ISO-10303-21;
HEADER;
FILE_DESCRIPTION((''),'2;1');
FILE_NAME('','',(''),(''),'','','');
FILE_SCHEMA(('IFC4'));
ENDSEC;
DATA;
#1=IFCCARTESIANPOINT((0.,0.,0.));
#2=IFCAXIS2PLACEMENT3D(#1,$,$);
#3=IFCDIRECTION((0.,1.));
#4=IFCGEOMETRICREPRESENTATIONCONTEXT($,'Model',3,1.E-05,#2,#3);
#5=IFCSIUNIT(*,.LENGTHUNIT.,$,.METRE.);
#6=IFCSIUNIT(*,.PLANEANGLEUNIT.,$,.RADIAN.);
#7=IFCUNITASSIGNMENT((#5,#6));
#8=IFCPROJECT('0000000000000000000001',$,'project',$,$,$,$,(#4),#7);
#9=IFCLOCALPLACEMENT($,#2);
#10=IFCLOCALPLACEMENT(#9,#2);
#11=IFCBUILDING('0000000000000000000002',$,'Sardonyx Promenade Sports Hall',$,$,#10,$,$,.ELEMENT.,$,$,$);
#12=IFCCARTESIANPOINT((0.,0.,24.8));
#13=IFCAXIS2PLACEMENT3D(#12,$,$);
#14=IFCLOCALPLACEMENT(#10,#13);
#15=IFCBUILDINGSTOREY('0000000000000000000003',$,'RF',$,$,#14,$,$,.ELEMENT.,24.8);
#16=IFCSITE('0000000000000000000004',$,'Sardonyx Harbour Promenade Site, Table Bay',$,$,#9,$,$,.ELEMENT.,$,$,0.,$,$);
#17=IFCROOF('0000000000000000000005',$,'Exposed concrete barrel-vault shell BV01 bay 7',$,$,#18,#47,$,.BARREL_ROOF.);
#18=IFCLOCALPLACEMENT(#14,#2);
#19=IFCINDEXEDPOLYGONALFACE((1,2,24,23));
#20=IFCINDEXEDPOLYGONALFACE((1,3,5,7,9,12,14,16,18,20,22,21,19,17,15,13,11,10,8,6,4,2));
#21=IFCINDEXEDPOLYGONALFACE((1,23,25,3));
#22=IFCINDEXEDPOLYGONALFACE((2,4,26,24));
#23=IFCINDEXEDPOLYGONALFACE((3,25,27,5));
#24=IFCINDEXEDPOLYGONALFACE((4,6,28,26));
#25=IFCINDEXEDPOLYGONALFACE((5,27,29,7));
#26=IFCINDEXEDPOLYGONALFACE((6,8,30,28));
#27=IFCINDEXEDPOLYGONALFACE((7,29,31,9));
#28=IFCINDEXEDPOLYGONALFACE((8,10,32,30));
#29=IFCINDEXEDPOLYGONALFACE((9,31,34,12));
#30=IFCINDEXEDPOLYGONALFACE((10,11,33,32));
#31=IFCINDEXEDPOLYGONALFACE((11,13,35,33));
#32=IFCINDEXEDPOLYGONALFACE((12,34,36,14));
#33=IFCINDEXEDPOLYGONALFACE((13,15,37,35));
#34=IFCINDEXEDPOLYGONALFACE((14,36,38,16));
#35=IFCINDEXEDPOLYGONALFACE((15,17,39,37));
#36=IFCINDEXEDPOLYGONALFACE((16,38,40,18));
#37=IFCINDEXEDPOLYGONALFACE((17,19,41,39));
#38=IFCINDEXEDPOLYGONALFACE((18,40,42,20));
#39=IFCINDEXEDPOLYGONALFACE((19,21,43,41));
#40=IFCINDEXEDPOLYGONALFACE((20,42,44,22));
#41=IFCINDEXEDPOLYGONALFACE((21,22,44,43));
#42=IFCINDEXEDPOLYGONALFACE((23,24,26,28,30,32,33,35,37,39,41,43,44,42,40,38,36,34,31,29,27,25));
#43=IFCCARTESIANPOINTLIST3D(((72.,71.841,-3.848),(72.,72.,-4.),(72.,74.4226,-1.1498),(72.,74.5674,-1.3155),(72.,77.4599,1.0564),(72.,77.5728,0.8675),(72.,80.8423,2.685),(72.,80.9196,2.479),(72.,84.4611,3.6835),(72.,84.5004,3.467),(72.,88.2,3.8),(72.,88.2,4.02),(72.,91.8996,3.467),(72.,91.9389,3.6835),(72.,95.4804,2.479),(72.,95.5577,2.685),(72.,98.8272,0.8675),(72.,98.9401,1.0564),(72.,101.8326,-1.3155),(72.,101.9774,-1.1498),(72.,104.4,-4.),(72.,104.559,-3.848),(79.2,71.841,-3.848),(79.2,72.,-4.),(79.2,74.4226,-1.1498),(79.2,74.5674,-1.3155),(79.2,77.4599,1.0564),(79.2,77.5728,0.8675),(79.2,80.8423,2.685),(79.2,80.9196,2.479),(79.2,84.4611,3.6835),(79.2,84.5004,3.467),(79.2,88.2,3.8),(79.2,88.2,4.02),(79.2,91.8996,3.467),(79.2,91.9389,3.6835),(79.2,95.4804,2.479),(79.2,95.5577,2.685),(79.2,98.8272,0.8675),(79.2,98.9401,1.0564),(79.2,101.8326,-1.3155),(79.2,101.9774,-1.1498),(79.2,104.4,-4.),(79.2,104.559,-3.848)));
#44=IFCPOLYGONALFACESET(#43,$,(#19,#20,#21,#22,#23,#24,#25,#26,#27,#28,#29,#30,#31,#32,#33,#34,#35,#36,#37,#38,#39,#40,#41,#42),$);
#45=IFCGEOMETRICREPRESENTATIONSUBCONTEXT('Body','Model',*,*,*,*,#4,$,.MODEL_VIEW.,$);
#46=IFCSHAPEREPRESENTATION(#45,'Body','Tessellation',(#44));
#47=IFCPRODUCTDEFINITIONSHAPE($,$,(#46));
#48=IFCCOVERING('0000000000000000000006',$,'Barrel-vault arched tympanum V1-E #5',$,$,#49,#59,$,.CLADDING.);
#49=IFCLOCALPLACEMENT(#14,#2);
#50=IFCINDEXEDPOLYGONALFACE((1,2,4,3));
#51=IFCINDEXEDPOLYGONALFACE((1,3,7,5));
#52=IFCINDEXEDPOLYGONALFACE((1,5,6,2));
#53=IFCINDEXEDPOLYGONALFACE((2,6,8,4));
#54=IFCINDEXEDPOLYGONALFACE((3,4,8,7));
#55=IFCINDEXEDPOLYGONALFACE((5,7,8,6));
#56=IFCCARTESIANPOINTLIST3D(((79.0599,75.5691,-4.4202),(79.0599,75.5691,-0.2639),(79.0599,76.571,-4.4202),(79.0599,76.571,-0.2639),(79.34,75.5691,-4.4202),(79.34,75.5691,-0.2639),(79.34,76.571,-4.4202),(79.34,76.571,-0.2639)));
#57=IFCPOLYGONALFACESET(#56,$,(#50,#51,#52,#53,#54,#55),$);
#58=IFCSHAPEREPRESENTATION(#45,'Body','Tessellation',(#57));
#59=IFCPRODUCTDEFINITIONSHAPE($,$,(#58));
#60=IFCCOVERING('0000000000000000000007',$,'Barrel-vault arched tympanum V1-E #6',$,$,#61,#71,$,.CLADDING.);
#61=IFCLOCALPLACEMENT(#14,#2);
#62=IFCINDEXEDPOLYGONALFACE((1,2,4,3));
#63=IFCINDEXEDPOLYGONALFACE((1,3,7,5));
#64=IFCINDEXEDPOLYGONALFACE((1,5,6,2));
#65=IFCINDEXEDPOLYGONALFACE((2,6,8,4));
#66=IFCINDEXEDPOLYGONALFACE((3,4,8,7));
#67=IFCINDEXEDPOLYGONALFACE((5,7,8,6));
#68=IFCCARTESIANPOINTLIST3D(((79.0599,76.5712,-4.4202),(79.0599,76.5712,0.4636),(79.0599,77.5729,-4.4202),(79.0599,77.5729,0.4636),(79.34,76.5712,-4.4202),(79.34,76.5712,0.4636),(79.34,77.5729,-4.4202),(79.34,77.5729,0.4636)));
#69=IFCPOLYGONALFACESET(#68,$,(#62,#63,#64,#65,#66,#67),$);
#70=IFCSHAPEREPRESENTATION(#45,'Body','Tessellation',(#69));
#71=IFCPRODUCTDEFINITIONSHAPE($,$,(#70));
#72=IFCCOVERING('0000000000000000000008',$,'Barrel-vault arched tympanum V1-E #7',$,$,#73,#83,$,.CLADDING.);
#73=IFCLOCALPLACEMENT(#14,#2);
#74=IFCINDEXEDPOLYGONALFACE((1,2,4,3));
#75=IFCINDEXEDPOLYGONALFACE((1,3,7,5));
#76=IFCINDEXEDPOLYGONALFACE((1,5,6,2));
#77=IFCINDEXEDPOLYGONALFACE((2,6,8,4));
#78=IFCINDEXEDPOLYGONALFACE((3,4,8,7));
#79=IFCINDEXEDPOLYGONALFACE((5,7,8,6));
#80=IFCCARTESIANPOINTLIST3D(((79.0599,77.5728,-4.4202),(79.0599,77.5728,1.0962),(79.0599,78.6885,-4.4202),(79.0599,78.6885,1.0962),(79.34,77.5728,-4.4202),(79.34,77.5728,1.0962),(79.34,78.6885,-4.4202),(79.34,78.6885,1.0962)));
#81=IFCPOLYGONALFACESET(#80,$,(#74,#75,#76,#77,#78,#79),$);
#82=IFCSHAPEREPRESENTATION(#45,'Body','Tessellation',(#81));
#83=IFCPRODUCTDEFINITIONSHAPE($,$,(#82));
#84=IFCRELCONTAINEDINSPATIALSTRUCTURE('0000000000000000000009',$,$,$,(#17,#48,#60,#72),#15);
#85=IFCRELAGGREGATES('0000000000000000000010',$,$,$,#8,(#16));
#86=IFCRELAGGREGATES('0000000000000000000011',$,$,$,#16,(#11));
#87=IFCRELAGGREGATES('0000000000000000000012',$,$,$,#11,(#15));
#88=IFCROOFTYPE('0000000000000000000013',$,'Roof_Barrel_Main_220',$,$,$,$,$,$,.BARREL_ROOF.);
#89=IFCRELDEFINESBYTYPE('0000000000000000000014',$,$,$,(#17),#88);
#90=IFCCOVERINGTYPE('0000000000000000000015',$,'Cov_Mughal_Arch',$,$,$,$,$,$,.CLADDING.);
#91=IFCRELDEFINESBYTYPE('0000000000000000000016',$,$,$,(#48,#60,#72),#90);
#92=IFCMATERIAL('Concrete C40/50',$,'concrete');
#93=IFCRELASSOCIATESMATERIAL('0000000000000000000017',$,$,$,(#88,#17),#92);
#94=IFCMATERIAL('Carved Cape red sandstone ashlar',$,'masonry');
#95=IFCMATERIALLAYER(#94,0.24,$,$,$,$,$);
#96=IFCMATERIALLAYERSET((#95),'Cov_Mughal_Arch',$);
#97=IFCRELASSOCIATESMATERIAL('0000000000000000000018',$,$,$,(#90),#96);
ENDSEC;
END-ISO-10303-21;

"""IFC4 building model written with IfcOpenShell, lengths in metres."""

from ifc_helpers import new_model, si_unit, direction, frame, frame_2d, origin, place, context, subcontext, project, spatial, polyline, rectangle, outline, extrude, material, layer, layer_set, type_object, element, save


model = new_model("IFC4")

# Units and contexts
model_context = context("Model", 3, precision=1e-05, world=origin(), true_north=direction((0.0, 1.0)))
body_context = subcontext(model_context, "Body", "Model", "MODEL_VIEW")
ifc_project = project(units=[si_unit("LENGTHUNIT", "METRE"), si_unit("PLANEANGLEUNIT", "RADIAN")], contexts=[model_context])

# Site, building, storey
site_placement = place(None, origin())
site = spatial("IfcSite", under=ifc_project, at=site_placement, Name="Sardonyx Harbour Promenade Site, Table Bay", CompositionType="ELEMENT", RefElevation=0.0)
building_placement = place(site_placement, origin())
building = spatial("IfcBuilding", under=site, at=building_placement, Name="Sardonyx Promenade Sports Hall", CompositionType="ELEMENT")
storey_placement = place(building_placement, frame((0.0, 0.0, 24.8)))
storey = spatial("IfcBuildingStorey", under=building, at=storey_placement, Name="RF", CompositionType="ELEMENT", Elevation=24.8)

# Roof
ifc_material_1 = material(Name="Concrete C40/50", Category="concrete")
roof_type = type_object("IfcRoofType", Name="Roof_Barrel_Main_220", PredefinedType="BARREL_ROOF", material=ifc_material_1)
for number, where, z_axis, x_axis, name in (
    (1, (72.0, 88.2, -4.0), (1.0, 0.0, 0.0), (0.0, 1.0, 0.0), "Exposed concrete barrel-vault shell BV01 bay 7"),
):
    element("IfcRoof", number, at=place(storey_placement, frame(where, z_axis=z_axis, x_axis=x_axis)), inside=storey, type_object=roof_type, material=ifc_material_1, Name=name, PredefinedType="BARREL_ROOF", context=body_context, shape_type="SweptSolid", body=[
        extrude(outline(polyline([(-16.2, 0.0), (-13.6326, 2.6845), (-10.6272, 4.8676), (-7.2804, 6.479), (-3.6996, 7.4671), (0.0, 7.8), (3.6996, 7.4671), (7.2804, 6.479), (10.6272, 4.8676), (13.6326, 2.6845), (16.2, 0.0), (16.359, 0.1521), (13.7774, 2.8502), (10.7401, 5.0565), (7.3577, 6.685), (3.7389, 7.6836), (0.0, 8.02), (-3.7389, 7.6836), (-7.3577, 6.685), (-10.7401, 5.0565), (-13.7774, 2.8502), (-16.359, 0.1521), (-16.2, 0.0)])), origin(), (0.0, 0.0, 1.0), 7.2),
    ])

# Coverings
ifc_material_2 = material(Name="Carved Cape red sandstone ashlar", Category="masonry")
ifc_layer = layer(ifc_material_2, 0.24)
ifc_layer_set = layer_set([ifc_layer], Name="Cov_Mughal_Arch")
covering_type = type_object("IfcCoveringType", Name="Cov_Mughal_Arch", PredefinedType="CLADDING", material=ifc_layer_set)
covering_1_placement = place(storey_placement, frame((79.2, 75.5691, -4.4202), z_axis=(0.0, 0.0, 1.0), x_axis=(0.0, 1.0, 0.0)))
element("IfcCovering", 2, at=covering_1_placement, inside=storey, type_object=covering_type, Name="Barrel-vault arched tympanum V1-E #5", PredefinedType="CLADDING", context=body_context, shape_type="SweptSolid", body=[
    extrude(rectangle(XDim=1.002, YDim=0.28, at=frame_2d((0.501, 0.0))), origin(), (0.0, 0.0, 1.0), 4.1562),
])
covering_2_placement = place(storey_placement, frame((79.2, 76.571, -4.4202), z_axis=(0.0, 0.0, 1.0), x_axis=(0.0, 1.0, 0.0)))
element("IfcCovering", 3, at=covering_2_placement, inside=storey, type_object=covering_type, Name="Barrel-vault arched tympanum V1-E #6", PredefinedType="CLADDING", context=body_context, shape_type="SweptSolid", body=[
    extrude(rectangle(XDim=1.0017, YDim=0.28, at=frame_2d((0.501, 0.0))), origin(), (0.0, 0.0, 1.0), 4.8838),
])
covering_3_placement = place(storey_placement, frame((79.2, 77.5728, -4.4202), z_axis=(0.0, 0.0, 1.0), x_axis=(0.0, 1.0, 0.0)))
element("IfcCovering", 4, at=covering_3_placement, inside=storey, type_object=covering_type, Name="Barrel-vault arched tympanum V1-E #7", PredefinedType="CLADDING", context=body_context, shape_type="SweptSolid", body=[
    extrude(rectangle(XDim=1.1157, YDim=0.28, at=frame_2d((0.5579, 0.0))), origin(), (0.0, 0.0, 1.0), 5.5164),
])

save(model, "model.ifc")
